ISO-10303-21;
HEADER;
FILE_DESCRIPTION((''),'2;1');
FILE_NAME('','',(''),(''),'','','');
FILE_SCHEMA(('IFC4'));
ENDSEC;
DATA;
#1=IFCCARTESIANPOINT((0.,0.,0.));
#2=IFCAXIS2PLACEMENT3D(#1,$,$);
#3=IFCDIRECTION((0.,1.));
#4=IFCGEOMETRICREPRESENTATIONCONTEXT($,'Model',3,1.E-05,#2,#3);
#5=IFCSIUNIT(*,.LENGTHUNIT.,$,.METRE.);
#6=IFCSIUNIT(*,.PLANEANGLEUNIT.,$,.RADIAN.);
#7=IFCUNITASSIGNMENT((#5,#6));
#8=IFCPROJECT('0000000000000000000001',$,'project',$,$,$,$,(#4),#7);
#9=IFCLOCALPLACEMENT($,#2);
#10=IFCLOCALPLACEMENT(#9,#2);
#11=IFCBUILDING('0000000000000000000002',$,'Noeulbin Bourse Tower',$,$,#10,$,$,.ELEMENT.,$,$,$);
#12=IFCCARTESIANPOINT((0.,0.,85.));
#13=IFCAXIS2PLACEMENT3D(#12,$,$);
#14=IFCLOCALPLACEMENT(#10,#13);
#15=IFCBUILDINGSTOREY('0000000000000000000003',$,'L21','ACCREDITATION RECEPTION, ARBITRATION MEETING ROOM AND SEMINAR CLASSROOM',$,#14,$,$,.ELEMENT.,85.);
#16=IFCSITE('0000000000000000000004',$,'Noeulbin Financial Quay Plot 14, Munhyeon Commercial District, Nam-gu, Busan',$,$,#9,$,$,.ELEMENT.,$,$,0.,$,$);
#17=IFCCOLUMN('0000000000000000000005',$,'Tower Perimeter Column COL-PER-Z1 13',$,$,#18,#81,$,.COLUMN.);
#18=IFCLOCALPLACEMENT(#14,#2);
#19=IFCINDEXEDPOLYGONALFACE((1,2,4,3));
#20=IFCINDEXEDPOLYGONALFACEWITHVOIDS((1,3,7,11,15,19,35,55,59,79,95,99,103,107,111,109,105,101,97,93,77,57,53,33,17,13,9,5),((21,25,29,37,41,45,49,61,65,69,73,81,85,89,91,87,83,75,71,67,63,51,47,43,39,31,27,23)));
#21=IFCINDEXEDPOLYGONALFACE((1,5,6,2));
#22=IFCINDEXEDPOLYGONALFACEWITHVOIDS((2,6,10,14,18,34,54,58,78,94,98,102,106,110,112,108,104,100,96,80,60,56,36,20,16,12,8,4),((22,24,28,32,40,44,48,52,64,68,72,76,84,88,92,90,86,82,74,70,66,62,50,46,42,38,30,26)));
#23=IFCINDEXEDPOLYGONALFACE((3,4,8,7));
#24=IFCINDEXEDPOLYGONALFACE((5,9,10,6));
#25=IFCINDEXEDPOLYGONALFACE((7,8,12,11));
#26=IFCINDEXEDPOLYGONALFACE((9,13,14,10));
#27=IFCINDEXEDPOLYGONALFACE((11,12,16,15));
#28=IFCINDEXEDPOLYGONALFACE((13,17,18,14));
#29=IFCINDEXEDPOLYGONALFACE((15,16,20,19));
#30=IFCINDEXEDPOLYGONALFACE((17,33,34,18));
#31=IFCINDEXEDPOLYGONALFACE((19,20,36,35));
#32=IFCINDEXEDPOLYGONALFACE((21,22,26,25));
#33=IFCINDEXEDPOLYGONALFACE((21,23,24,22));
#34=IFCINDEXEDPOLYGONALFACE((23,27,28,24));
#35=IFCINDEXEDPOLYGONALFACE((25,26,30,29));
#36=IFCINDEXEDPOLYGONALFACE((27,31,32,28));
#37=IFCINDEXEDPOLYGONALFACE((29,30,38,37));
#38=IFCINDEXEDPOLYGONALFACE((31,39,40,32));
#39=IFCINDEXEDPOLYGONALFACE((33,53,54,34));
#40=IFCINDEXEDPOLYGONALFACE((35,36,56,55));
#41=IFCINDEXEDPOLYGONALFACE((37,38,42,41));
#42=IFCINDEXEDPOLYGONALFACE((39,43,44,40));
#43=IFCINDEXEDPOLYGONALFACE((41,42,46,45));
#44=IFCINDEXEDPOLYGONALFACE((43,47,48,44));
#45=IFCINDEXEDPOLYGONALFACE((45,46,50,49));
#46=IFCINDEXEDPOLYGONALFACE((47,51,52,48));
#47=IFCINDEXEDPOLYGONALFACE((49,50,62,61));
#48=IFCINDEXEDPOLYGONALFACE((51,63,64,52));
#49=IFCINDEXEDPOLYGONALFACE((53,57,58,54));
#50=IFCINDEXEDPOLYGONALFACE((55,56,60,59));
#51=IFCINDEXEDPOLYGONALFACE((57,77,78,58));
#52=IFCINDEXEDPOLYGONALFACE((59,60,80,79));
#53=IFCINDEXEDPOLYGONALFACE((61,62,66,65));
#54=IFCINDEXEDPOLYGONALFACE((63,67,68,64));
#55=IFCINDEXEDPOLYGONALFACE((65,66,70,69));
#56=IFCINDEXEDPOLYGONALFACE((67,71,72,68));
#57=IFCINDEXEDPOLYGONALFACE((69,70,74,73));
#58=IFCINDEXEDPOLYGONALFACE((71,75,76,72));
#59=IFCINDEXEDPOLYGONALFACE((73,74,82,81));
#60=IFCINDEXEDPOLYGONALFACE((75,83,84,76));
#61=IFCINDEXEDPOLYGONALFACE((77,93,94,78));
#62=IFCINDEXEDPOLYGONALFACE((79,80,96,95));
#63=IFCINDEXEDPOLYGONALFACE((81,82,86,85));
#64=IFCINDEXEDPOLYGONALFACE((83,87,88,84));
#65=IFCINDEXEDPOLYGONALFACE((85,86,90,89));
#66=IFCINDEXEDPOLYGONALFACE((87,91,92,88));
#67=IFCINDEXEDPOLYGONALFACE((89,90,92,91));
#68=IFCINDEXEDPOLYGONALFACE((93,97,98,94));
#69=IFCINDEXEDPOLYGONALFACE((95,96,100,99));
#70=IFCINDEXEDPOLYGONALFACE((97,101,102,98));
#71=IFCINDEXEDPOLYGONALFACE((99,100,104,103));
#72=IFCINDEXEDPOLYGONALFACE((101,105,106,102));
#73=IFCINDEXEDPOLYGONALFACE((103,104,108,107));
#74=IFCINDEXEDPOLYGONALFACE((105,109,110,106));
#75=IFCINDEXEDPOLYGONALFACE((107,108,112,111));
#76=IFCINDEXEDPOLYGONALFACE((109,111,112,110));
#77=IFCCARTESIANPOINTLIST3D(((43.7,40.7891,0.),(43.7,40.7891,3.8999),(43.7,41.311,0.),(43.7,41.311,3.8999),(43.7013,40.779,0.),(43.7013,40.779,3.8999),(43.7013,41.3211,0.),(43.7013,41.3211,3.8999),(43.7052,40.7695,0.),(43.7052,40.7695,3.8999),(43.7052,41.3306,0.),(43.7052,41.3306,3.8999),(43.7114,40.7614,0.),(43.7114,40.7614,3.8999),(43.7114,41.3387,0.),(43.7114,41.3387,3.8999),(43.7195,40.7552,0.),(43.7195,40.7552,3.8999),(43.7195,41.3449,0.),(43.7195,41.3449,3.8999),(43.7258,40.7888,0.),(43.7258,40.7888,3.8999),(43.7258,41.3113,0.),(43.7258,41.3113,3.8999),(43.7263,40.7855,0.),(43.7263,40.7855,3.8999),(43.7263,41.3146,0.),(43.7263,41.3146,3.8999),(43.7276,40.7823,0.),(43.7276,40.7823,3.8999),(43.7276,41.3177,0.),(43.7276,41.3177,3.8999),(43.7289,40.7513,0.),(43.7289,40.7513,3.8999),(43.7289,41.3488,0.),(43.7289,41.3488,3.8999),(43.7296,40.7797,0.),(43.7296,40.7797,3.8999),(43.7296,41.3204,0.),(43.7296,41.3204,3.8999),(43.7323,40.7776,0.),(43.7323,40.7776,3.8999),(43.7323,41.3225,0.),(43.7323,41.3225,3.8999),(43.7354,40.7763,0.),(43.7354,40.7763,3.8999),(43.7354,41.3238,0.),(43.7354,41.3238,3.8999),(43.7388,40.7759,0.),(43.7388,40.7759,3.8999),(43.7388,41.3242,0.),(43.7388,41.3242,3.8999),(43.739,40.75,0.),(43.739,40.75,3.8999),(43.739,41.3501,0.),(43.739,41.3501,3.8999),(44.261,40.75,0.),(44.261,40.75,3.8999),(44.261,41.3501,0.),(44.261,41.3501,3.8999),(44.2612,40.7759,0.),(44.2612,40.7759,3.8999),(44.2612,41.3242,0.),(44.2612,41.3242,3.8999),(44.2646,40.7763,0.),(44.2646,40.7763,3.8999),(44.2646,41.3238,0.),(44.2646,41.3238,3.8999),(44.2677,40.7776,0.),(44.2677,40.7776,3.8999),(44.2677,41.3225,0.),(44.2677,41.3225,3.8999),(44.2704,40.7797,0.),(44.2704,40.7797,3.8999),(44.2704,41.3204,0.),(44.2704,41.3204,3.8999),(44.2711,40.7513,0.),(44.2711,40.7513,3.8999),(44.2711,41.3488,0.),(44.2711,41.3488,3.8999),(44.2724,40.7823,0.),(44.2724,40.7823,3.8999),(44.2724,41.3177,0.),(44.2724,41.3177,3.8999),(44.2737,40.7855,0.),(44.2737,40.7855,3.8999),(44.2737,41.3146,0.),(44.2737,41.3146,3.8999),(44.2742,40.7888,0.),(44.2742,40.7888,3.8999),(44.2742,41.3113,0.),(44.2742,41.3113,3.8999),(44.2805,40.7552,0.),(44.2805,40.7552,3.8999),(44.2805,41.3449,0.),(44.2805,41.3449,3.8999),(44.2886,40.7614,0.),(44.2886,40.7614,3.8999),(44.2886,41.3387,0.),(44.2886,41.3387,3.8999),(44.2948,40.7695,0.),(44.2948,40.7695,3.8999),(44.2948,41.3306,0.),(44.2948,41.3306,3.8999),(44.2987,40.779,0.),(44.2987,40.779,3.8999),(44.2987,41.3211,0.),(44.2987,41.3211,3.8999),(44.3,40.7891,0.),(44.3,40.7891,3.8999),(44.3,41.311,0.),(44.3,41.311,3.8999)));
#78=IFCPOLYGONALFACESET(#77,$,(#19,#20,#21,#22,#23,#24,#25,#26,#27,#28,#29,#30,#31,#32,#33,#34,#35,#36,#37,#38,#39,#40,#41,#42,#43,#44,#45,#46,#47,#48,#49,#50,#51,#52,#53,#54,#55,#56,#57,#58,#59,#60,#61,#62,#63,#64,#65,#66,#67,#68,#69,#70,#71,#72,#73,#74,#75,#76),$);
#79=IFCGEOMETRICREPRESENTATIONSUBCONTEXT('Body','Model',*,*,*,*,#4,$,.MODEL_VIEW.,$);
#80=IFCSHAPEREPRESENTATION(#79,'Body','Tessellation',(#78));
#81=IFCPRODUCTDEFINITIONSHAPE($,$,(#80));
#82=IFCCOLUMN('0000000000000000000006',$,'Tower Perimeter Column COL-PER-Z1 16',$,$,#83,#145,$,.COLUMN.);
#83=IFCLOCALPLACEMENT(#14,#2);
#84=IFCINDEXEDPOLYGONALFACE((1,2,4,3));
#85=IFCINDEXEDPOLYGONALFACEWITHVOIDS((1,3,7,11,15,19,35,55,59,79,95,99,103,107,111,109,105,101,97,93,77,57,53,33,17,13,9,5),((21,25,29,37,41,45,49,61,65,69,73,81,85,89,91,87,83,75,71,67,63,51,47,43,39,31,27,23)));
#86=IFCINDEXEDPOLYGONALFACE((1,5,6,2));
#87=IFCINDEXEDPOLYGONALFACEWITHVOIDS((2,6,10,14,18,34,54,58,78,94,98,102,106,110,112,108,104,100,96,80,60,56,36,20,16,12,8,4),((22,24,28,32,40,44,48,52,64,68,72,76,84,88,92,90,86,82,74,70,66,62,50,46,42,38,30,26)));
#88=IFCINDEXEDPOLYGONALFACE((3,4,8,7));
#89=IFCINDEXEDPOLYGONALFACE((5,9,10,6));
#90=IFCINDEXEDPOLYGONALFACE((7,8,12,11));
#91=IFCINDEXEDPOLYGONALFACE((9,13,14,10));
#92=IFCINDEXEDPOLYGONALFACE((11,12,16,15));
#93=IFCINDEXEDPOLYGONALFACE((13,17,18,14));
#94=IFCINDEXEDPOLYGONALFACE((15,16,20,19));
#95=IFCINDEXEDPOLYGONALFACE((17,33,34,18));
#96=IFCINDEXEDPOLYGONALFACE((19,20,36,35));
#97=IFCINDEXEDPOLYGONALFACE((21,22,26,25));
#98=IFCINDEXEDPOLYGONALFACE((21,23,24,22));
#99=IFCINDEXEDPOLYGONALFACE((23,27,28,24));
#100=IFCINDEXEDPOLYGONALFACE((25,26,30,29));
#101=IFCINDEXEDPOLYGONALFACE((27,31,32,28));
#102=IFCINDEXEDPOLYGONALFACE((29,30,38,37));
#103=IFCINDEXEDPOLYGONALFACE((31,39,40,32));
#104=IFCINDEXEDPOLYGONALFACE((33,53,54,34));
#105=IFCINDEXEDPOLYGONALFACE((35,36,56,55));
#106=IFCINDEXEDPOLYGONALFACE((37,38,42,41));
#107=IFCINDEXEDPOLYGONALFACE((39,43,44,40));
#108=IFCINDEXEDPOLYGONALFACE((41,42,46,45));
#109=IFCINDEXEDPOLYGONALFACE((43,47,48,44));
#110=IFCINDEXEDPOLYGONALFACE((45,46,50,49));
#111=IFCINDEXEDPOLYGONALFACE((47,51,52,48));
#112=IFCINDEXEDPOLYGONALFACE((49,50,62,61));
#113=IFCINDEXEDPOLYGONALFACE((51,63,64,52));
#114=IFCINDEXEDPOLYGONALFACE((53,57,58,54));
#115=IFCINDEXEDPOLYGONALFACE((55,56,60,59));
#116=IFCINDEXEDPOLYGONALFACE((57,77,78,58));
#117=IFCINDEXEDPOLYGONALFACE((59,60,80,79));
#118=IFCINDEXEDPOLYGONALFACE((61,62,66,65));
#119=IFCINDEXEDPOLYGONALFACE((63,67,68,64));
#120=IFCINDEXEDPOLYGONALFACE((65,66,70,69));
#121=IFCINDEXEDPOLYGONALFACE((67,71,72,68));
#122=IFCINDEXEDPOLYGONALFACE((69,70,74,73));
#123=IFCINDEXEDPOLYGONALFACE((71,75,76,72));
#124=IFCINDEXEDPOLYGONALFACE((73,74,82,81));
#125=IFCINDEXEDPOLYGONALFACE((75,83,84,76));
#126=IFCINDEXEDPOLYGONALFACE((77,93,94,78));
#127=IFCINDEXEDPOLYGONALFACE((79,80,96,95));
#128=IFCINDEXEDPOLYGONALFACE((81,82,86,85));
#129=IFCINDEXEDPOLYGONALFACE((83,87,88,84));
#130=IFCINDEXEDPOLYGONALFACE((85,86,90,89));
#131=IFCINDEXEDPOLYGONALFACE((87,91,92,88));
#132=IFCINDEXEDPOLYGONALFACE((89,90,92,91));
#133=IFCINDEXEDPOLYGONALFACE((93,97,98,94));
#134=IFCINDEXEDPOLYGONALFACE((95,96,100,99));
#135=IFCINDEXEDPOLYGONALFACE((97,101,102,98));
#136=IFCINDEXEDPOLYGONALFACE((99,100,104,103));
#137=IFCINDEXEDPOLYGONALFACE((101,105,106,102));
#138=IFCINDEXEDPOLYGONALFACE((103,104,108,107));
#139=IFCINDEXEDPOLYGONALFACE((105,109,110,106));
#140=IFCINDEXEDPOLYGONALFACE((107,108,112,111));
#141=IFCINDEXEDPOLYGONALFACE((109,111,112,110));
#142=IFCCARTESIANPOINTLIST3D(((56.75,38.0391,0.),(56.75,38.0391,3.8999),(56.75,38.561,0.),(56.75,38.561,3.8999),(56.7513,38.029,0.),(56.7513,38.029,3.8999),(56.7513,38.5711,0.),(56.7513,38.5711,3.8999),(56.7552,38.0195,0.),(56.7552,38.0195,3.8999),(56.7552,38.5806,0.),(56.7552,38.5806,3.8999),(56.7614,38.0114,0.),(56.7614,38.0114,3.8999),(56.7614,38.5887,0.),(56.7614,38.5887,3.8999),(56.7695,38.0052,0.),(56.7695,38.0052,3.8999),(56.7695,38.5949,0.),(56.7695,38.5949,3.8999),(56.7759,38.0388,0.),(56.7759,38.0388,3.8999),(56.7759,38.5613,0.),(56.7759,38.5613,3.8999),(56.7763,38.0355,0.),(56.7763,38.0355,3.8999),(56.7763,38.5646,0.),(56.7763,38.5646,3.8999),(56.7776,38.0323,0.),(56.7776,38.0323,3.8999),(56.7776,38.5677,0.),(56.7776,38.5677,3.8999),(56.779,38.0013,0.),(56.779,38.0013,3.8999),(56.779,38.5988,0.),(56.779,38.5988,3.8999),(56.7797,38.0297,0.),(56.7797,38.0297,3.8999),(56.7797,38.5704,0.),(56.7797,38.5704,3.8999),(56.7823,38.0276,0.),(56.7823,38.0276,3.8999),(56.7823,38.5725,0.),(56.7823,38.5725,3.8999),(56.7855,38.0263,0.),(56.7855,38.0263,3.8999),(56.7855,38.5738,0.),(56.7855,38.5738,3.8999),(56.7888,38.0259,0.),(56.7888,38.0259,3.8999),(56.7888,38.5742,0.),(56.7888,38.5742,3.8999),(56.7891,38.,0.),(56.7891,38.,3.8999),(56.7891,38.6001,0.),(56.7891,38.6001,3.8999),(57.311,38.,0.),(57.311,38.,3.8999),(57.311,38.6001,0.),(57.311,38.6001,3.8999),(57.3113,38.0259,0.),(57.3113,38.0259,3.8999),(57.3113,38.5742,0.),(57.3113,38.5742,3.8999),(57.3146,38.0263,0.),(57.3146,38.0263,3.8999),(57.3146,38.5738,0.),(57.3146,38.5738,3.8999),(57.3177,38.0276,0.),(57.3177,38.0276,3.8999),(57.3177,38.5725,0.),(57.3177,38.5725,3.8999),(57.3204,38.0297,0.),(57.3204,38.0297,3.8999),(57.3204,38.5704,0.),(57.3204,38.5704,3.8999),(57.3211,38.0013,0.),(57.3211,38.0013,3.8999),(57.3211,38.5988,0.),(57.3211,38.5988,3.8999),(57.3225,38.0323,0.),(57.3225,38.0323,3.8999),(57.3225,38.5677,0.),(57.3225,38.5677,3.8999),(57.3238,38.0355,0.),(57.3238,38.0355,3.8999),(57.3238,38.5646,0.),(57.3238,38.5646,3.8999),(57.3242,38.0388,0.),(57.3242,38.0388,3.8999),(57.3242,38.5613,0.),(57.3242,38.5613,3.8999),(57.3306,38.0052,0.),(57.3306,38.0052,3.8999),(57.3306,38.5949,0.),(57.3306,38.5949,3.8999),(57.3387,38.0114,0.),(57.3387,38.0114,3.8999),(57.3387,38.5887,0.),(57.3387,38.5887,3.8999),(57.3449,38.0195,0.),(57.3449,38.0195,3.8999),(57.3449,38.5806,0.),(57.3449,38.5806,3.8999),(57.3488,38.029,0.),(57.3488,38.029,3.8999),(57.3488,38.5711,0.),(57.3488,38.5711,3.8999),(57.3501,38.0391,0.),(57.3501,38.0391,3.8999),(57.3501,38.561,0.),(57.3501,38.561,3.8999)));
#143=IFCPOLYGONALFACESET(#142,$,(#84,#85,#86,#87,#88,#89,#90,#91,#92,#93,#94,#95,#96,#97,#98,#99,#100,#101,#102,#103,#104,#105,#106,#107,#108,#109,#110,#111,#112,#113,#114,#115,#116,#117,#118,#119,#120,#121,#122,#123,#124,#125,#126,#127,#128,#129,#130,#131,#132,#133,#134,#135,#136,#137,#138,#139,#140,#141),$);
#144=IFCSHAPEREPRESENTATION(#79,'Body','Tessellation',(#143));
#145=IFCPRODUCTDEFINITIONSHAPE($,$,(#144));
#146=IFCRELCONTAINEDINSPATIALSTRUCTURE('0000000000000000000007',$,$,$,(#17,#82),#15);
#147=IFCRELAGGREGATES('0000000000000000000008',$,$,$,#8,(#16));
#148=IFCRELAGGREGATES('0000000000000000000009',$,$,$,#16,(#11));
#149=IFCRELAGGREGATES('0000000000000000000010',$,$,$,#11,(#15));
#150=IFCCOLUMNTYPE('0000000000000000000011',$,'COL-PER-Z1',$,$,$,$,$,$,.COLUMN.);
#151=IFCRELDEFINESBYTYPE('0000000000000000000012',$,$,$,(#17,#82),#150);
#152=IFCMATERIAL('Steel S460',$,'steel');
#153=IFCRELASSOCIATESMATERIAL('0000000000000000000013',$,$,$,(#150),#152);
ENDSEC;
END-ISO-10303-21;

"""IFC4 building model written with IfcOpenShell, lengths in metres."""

from ifc_helpers import new_model, si_unit, direction, frame, origin, origin_2d, place, context, subcontext, project, spatial, hollow_rectangle, extrude, material, material_profile, profile_set, type_object, element, save


model = new_model("IFC4")

# Units and contexts
model_context = context("Model", 3, precision=1e-05, world=origin(), true_north=direction((0.0, 1.0)))
body_context = subcontext(model_context, "Body", "Model", "MODEL_VIEW")
ifc_project = project(units=[si_unit("LENGTHUNIT", "METRE"), si_unit("PLANEANGLEUNIT", "RADIAN")], contexts=[model_context])

# Site, building, storey
site_placement = place(None, origin())
site = spatial("IfcSite", under=ifc_project, at=site_placement, Name="Noeulbin Financial Quay Plot 14, Munhyeon Commercial District, Nam-gu, Busan", CompositionType="ELEMENT", RefElevation=0.0)
building_placement = place(site_placement, origin())
building = spatial("IfcBuilding", under=site, at=building_placement, Name="Noeulbin Bourse Tower", CompositionType="ELEMENT")
storey_placement = place(building_placement, frame((0.0, 0.0, 85.0)))
storey = spatial("IfcBuildingStorey", under=building, at=storey_placement, Name="L21", Description="ACCREDITATION RECEPTION, ARBITRATION MEETING ROOM AND SEMINAR CLASSROOM", CompositionType="ELEMENT", Elevation=85.0)

# Columns
ifc_material_1 = material(Name="Steel S460", Category="steel")
ifc_material_profile_1 = material_profile(ifc_material_1, hollow_rectangle(XDim=0.6001, YDim=0.6001, WallThickness=0.0259, InnerFilletRadius=0.0129, OuterFilletRadius=0.0391, at=origin_2d()), Name="BOX-600x600x26", Category="LoadBearing")
ifc_profile_set_1 = profile_set([ifc_material_profile_1], Name="Steel S460")
column_type_1 = type_object("IfcColumnType", Name="COL-PER-Z1", PredefinedType="COLUMN", material=ifc_profile_set_1)
for number, where, z_axis, x_axis, name in (
    (1, (44.0, 41.05, 0.0), (0.0, 0.0, 1.0), (1.0, 0.0, 0.0), "Tower Perimeter Column COL-PER-Z1 13"),
    (2, (57.05, 38.3, 0.0), (0.0, 0.0, 1.0), (1.0, 0.0, 0.0), "Tower Perimeter Column COL-PER-Z1 16"),
):
    element("IfcColumn", number, at=place(storey_placement, frame(where, z_axis=z_axis, x_axis=x_axis)), inside=storey, type_object=column_type_1, Name=name, PredefinedType="COLUMN", context=body_context, shape_type="SweptSolid", body=[
        extrude(hollow_rectangle(XDim=0.6001, YDim=0.6001, WallThickness=0.0259, InnerFilletRadius=0.0129, OuterFilletRadius=0.0391, at=origin_2d()), origin(), (0.0, 0.0, 1.0), 3.8999),
    ])

save(model, "model.ifc")
